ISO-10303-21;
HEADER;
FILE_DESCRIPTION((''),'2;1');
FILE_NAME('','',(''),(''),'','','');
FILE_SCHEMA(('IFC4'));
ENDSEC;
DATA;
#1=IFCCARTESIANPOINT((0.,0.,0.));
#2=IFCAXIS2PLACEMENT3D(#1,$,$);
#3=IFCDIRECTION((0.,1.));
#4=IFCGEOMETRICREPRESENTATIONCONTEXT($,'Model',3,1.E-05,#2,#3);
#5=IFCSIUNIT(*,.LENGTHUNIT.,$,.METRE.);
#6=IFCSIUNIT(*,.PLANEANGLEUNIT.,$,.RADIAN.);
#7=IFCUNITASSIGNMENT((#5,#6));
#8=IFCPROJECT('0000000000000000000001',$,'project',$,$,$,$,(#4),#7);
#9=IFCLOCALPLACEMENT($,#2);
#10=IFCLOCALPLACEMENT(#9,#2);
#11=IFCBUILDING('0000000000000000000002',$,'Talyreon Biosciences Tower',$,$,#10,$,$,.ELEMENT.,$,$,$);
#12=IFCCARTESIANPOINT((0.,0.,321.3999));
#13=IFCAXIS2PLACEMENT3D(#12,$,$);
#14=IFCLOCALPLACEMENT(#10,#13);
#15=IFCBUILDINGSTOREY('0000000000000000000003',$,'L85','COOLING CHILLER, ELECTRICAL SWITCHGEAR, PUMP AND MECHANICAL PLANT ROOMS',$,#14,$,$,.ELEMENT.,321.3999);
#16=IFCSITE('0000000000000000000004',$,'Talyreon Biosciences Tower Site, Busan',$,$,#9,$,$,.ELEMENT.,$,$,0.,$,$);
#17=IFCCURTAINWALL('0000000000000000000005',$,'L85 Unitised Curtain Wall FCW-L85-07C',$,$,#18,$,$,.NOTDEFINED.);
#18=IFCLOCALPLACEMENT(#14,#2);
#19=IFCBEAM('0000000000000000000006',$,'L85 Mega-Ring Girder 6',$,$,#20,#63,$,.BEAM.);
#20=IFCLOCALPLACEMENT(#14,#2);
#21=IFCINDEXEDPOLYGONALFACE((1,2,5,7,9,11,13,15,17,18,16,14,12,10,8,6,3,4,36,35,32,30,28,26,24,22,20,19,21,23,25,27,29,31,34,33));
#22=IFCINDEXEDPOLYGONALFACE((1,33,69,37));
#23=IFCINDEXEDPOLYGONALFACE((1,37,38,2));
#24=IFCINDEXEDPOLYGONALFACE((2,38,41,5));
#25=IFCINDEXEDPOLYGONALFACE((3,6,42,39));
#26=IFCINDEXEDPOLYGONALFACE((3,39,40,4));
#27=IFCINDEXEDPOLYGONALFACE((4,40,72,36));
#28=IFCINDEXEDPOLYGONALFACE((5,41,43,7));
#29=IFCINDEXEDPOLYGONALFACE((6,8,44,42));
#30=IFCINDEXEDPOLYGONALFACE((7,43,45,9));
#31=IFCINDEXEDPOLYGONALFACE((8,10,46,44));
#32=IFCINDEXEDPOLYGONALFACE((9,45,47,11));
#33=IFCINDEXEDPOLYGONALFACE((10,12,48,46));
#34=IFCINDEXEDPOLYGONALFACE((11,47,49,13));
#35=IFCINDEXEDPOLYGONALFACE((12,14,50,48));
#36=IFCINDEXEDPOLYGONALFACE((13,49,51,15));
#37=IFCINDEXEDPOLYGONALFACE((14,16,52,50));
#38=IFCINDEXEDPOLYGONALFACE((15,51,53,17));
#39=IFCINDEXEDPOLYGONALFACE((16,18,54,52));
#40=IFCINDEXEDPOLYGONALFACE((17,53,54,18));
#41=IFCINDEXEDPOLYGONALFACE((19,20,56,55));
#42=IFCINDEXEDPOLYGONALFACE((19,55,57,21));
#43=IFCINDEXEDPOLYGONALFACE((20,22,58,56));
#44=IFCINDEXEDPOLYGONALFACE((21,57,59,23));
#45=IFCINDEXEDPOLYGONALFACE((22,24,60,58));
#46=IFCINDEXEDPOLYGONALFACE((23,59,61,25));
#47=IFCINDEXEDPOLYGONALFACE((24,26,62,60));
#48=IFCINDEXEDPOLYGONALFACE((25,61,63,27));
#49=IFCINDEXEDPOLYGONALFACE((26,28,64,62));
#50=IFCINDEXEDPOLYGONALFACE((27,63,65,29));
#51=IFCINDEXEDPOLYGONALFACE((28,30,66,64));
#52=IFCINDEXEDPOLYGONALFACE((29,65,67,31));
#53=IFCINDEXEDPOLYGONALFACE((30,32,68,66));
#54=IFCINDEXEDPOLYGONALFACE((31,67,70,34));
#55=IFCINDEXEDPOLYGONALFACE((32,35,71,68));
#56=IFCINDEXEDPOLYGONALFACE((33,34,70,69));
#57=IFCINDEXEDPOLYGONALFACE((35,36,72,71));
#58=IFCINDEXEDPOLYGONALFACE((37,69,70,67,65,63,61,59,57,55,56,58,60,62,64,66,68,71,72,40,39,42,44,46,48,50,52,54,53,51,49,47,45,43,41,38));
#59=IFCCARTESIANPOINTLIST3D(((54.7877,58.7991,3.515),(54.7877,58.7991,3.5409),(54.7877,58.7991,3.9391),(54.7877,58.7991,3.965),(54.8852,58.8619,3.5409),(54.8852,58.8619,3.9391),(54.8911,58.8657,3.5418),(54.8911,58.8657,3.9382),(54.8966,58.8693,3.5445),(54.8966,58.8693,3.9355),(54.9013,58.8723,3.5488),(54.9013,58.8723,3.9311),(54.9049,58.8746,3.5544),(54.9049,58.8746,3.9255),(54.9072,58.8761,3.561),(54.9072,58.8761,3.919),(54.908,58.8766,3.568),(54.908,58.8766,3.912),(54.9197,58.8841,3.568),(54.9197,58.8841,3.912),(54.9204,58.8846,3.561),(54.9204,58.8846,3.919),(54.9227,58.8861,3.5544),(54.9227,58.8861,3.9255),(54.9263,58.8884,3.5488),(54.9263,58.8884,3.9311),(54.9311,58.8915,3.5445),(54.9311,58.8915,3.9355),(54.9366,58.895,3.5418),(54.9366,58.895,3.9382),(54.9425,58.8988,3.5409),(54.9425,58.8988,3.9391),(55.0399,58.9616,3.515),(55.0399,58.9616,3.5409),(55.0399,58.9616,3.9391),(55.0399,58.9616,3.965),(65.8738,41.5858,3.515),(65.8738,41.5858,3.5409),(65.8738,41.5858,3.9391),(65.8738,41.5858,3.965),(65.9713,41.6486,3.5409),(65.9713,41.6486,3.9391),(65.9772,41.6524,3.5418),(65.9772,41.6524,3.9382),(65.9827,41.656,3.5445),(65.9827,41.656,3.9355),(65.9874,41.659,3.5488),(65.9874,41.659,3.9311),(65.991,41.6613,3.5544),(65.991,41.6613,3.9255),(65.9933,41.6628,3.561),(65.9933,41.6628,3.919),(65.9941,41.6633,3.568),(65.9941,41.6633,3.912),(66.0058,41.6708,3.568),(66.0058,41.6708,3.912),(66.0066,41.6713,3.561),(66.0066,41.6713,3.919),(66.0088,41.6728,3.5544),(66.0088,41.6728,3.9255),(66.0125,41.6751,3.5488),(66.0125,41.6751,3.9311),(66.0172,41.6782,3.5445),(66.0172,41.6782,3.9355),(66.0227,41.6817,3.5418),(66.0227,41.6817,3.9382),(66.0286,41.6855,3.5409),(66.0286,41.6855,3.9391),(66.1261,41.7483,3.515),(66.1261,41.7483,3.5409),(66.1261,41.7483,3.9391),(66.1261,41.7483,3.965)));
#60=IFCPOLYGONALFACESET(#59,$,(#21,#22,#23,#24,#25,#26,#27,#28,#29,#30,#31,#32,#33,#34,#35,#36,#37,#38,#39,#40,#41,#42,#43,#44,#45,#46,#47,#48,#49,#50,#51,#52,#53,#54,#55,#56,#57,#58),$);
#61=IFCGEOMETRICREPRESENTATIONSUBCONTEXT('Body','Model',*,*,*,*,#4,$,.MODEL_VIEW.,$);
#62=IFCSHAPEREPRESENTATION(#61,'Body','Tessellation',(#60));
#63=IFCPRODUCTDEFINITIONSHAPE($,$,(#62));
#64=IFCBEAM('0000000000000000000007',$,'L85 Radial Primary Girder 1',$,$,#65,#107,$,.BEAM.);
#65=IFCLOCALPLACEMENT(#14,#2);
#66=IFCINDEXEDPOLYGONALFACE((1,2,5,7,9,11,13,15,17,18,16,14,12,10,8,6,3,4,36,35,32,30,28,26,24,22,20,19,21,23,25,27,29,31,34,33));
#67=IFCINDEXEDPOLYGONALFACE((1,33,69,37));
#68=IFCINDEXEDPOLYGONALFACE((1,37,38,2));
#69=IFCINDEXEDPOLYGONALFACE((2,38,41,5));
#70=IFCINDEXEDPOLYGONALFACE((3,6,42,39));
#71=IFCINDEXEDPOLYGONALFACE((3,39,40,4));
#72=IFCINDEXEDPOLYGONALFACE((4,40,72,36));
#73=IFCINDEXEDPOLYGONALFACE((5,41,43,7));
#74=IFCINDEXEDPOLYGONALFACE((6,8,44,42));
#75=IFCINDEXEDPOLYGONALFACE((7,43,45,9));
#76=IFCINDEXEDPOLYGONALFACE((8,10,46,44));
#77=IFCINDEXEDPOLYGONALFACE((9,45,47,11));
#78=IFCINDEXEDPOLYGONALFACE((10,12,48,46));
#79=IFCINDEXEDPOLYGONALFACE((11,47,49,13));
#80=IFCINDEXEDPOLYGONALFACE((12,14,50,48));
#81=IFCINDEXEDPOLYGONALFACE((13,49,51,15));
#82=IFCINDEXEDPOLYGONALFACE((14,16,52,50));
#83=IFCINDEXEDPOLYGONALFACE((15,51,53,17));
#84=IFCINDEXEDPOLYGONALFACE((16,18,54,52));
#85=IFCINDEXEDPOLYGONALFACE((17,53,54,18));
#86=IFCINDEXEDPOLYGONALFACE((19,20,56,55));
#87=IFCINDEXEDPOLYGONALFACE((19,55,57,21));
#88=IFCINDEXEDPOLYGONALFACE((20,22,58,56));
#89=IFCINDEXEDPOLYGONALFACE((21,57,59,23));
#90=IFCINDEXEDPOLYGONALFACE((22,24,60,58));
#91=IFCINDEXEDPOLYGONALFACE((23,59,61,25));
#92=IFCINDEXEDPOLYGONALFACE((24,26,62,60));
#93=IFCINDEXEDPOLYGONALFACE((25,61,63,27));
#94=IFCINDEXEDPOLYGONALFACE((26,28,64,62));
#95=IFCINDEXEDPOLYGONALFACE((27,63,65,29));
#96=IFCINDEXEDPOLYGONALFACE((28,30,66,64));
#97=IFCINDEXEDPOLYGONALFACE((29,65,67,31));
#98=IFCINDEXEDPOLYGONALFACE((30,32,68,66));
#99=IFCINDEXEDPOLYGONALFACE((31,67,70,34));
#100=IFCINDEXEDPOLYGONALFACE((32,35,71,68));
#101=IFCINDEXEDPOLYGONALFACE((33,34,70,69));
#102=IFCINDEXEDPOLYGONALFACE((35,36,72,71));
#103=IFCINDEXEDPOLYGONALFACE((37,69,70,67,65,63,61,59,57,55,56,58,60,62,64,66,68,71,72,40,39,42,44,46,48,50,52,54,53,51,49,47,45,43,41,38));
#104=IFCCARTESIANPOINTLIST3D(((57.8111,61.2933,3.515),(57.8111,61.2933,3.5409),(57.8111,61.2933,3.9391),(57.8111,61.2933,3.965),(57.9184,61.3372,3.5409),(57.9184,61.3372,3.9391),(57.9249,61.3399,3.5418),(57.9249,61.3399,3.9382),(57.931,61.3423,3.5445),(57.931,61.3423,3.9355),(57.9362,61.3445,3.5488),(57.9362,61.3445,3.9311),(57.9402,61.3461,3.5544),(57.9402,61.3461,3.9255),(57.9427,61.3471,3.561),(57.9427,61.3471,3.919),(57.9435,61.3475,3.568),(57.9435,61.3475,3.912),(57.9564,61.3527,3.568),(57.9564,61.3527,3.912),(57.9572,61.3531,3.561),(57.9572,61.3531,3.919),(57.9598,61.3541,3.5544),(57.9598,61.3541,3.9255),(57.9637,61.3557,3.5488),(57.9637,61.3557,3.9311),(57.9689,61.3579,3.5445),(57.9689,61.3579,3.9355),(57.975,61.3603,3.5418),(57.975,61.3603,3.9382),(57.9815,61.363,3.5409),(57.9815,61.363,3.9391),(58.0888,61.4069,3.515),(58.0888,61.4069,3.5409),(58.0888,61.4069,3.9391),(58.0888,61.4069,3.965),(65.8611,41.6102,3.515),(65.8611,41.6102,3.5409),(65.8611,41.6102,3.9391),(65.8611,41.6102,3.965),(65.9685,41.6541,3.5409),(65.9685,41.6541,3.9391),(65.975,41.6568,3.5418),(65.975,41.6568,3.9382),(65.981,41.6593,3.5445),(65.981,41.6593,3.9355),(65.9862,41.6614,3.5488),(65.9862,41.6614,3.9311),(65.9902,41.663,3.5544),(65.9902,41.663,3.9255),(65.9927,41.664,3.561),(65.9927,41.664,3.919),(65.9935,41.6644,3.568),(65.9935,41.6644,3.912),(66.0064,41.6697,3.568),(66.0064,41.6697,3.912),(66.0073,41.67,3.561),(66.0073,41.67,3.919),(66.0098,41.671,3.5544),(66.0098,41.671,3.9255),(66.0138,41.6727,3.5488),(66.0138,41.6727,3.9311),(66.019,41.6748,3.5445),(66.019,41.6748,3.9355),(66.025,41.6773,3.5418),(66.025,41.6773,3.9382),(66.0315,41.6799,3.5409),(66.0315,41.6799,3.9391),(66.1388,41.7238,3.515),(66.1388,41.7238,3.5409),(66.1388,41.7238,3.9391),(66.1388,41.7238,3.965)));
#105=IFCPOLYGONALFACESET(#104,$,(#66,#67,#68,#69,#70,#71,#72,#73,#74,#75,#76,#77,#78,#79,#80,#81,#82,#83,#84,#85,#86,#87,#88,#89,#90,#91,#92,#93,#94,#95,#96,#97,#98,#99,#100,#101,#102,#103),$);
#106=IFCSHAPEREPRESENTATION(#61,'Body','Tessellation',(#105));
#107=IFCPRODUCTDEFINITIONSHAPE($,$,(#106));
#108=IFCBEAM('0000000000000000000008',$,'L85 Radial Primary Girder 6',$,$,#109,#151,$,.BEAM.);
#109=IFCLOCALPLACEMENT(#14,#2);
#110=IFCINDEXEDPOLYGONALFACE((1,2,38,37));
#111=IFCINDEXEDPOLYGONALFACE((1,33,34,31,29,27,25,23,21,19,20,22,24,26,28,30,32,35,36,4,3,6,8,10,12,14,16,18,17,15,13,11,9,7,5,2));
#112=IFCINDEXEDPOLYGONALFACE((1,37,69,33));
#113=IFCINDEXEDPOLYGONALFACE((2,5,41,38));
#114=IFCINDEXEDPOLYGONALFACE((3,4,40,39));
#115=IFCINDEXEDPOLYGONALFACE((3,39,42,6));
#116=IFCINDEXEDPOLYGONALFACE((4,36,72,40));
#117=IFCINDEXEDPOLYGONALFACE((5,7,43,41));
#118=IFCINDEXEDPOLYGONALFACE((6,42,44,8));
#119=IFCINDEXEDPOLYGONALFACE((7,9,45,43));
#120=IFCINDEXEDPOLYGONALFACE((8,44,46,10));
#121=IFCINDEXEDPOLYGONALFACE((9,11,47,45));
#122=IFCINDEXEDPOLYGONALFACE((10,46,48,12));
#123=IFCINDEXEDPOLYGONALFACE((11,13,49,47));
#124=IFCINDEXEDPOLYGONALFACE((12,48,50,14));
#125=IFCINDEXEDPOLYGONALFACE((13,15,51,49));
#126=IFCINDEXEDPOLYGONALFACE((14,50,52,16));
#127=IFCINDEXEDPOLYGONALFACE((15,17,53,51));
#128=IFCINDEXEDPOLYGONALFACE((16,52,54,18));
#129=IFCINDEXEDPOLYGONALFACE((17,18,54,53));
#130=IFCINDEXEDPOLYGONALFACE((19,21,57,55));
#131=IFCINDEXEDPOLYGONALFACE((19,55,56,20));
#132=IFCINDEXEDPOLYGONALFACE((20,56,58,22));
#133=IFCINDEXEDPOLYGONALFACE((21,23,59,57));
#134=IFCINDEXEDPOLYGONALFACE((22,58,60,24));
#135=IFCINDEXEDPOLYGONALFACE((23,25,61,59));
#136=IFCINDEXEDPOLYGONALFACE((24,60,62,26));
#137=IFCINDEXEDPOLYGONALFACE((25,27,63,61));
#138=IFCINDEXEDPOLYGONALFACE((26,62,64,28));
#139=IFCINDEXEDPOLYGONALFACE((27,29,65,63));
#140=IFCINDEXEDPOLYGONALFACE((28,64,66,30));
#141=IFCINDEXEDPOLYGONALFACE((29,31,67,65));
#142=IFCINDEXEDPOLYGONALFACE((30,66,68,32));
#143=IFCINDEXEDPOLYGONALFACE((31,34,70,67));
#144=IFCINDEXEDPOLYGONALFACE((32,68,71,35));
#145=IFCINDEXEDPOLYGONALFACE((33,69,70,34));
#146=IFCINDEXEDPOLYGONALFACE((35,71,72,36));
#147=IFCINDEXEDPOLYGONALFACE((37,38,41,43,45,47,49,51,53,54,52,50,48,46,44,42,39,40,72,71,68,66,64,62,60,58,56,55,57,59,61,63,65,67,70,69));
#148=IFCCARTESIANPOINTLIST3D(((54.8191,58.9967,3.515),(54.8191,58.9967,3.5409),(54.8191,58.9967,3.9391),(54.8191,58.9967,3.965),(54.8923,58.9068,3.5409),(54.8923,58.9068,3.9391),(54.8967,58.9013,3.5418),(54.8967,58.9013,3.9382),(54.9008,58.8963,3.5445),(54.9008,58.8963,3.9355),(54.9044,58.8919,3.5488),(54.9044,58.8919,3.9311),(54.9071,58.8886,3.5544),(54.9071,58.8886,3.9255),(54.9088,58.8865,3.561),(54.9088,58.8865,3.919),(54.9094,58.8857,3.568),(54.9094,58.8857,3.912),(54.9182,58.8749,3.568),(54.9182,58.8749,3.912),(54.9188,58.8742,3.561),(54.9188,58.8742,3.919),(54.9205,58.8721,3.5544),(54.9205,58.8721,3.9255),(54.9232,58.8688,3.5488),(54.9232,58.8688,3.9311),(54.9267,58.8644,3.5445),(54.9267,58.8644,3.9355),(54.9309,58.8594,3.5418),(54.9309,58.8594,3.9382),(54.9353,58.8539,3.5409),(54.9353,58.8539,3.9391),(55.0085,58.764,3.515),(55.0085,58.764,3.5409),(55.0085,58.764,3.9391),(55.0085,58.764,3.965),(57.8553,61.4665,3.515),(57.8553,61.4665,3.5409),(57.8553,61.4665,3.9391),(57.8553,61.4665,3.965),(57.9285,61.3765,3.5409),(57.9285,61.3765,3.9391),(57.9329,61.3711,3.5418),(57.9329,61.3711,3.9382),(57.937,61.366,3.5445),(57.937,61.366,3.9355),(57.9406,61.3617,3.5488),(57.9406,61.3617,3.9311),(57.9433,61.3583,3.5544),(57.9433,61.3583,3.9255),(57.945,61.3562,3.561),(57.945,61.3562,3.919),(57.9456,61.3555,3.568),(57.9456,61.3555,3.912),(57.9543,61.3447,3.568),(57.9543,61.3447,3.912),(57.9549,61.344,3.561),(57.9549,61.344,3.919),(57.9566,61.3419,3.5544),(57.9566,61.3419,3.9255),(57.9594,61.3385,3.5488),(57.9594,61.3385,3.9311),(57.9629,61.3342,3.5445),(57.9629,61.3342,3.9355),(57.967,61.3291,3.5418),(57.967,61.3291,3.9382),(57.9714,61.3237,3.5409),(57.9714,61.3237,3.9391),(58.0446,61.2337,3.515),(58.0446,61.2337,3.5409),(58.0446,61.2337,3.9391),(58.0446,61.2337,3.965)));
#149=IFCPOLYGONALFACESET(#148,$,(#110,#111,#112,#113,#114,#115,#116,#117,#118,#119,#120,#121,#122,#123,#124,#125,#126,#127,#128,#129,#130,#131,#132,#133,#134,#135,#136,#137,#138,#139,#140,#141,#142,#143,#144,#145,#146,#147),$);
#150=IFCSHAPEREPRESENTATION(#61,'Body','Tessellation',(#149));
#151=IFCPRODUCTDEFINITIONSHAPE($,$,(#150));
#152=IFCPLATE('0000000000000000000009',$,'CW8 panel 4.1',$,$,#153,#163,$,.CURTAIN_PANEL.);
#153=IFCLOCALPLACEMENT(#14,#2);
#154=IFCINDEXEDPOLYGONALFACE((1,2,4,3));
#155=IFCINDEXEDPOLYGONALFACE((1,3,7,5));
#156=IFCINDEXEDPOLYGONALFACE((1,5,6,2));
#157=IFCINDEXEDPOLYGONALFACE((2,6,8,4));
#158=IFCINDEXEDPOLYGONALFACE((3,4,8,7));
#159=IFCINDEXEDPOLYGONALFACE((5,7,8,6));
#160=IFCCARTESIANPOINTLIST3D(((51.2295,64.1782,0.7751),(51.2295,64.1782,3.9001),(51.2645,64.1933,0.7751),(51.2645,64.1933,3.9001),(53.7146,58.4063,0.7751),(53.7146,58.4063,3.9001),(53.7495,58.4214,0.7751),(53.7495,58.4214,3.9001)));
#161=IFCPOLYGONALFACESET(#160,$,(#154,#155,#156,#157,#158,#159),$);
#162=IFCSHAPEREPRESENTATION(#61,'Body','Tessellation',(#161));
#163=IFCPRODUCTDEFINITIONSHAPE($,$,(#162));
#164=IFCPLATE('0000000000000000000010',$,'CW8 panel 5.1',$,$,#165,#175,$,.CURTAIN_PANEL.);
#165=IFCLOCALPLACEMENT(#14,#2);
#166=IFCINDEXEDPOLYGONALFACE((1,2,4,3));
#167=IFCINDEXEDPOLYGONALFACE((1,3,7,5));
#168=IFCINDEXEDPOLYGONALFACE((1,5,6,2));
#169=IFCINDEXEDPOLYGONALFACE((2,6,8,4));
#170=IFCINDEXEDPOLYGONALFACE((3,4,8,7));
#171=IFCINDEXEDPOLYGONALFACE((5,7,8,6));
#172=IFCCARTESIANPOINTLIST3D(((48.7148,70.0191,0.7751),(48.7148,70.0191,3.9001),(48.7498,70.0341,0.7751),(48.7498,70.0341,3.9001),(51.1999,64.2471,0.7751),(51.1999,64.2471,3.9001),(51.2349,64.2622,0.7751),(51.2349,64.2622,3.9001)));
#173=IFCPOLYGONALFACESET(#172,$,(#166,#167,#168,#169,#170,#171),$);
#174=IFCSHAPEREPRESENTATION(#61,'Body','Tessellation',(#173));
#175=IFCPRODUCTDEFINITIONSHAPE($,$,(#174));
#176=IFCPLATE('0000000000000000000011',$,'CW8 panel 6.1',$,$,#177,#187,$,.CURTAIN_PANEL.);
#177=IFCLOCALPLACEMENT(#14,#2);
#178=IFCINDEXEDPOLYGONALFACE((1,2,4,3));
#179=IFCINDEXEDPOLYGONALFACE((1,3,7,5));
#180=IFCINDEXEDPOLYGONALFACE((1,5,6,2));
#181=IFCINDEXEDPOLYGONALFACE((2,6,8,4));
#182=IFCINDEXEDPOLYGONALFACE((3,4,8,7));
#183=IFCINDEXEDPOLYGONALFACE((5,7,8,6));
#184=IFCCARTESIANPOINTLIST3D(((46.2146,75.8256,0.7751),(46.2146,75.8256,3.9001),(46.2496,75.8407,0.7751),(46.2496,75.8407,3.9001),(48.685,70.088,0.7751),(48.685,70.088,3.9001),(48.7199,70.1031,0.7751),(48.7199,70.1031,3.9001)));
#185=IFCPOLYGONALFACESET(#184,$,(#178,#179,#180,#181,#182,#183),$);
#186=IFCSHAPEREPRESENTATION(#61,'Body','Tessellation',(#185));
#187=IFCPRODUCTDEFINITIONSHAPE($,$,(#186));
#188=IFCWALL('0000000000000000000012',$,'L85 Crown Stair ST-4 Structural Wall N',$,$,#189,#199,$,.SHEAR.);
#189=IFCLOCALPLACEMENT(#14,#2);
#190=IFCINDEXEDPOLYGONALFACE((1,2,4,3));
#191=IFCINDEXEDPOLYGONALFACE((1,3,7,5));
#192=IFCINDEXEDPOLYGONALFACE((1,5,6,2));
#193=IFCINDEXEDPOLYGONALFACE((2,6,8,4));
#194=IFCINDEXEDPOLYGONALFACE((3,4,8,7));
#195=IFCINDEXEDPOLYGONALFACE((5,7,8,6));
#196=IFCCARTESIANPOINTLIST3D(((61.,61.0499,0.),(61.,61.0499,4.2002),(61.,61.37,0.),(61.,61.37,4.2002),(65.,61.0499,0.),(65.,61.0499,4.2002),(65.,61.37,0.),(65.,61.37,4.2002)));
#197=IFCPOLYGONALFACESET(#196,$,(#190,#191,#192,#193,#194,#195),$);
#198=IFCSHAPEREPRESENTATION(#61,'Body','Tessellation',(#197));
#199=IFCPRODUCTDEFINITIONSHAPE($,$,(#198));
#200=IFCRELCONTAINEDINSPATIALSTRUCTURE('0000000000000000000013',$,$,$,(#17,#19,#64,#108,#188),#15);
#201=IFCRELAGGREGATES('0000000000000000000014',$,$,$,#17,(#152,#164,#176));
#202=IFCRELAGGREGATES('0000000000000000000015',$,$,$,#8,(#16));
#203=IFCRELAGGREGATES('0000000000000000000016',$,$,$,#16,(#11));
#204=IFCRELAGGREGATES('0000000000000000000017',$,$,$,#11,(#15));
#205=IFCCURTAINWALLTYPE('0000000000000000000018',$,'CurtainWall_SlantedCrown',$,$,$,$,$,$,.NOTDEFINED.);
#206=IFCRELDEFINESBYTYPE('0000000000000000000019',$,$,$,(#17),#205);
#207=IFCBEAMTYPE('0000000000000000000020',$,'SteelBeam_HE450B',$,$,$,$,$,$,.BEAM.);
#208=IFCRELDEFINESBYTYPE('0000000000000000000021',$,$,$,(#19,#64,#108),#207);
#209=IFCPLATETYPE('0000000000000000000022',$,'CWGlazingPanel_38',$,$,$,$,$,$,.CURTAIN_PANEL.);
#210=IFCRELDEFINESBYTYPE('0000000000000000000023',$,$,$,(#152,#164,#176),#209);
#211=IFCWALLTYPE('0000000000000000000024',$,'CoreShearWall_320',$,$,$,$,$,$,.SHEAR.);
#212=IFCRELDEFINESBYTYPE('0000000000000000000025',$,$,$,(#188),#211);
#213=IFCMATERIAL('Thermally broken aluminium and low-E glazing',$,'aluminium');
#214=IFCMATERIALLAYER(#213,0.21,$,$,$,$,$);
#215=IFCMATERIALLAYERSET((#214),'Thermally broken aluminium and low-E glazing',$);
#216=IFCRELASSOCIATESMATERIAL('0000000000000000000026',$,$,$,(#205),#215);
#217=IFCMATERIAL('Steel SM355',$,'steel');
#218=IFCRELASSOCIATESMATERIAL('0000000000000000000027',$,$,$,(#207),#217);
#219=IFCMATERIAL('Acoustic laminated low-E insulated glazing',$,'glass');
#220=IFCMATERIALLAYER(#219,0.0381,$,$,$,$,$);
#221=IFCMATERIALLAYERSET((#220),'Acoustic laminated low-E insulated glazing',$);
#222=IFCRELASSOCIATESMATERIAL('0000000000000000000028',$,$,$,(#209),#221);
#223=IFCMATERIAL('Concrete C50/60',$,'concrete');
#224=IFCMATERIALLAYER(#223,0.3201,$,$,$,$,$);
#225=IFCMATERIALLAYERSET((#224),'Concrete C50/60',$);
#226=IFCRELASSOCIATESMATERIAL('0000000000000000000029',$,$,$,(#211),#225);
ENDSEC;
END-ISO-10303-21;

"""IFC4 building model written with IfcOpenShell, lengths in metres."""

from ifc_helpers import new_model, si_unit, direction, frame, frame_2d, origin, origin_2d, place, context, subcontext, project, spatial, rectangle, i_section, extrude, material, layer, layer_set, material_profile, profile_set, type_object, element, aggregate, save


model = new_model("IFC4")

# Units and contexts
model_context = context("Model", 3, precision=1e-05, world=origin(), true_north=direction((0.0, 1.0)))
body_context = subcontext(model_context, "Body", "Model", "MODEL_VIEW")
ifc_project = project(units=[si_unit("LENGTHUNIT", "METRE"), si_unit("PLANEANGLEUNIT", "RADIAN")], contexts=[model_context])

# Site, building, storey
site_placement = place(None, origin())
site = spatial("IfcSite", under=ifc_project, at=site_placement, Name="Talyreon Biosciences Tower Site, Busan", CompositionType="ELEMENT", RefElevation=0.0)
building_placement = place(site_placement, origin())
building = spatial("IfcBuilding", under=site, at=building_placement, Name="Talyreon Biosciences Tower", CompositionType="ELEMENT")
storey_placement = place(building_placement, frame((0.0, 0.0, 321.3999)))
storey = spatial("IfcBuildingStorey", under=building, at=storey_placement, Name="L85", Description="COOLING CHILLER, ELECTRICAL SWITCHGEAR, PUMP AND MECHANICAL PLANT ROOMS", CompositionType="ELEMENT", Elevation=321.3999)

# Shared definitions
ifc_material_1 = material(Name="Concrete C50/60", Category="concrete")

# Curtain wall
ifc_material_2 = material(Name="Thermally broken aluminium and low-E glazing", Category="aluminium")
ifc_layer_1 = layer(ifc_material_2, 0.21)
ifc_layer_set_1 = layer_set([ifc_layer_1], Name="Thermally broken aluminium and low-E glazing")
curtain_wall_type = type_object("IfcCurtainWallType", Name="CurtainWall_SlantedCrown", PredefinedType="NOTDEFINED", material=ifc_layer_set_1)
curtain_wall_placement = place(storey_placement, origin())
curtain_wall = element("IfcCurtainWall", 1, at=curtain_wall_placement, inside=storey, type_object=curtain_wall_type, Name="L85 Unitised Curtain Wall FCW-L85-07C", PredefinedType="NOTDEFINED")

# Beams
ifc_material_3 = material(Name="Steel SM355", Category="steel")
ifc_material_profile_1 = material_profile(ifc_material_3, i_section(OverallWidth=0.3, OverallDepth=0.45, WebThickness=0.0139, FlangeThickness=0.0259, FilletRadius=0.0271, at=origin_2d()), Name="HE450B")
ifc_profile_set_1 = profile_set([ifc_material_profile_1], Name="Steel SM355")
beam_type = type_object("IfcBeamType", Name="SteelBeam_HE450B", PredefinedType="BEAM", material=ifc_profile_set_1)
beam_1_placement = place(storey_placement, frame((54.9138, 58.8804, 3.74), z_axis=(0.541464, -0.840724, 0.0), x_axis=(0.840724, 0.541464, 0.0)))
element("IfcBeam", 2, at=beam_1_placement, inside=storey, type_object=beam_type, Name="L85 Mega-Ring Girder 6", PredefinedType="BEAM", context=body_context, shape_type="SweptSolid", body=[
    extrude(i_section(OverallWidth=0.3, OverallDepth=0.45, WebThickness=0.0139, FlangeThickness=0.0259, FilletRadius=0.0271, at=origin_2d()), origin(), (0.0, 0.0, 1.0), 20.4744),
])
beam_2_placement = place(storey_placement, frame((57.95, 61.3501, 3.74), z_axis=(0.378547, -0.925582, 0.0), x_axis=(0.925582, 0.378547, 0.0)))
element("IfcBeam", 3, at=beam_2_placement, inside=storey, type_object=beam_type, Name="L85 Radial Primary Girder 1", PredefinedType="BEAM", context=body_context, shape_type="SweptSolid", body=[
    extrude(i_section(OverallWidth=0.3, OverallDepth=0.45, WebThickness=0.0139, FlangeThickness=0.0259, FilletRadius=0.0271, at=origin_2d()), origin(), (0.0, 0.0, 1.0), 21.2656),
])
beam_3_placement = place(storey_placement, frame((57.95, 61.3501, 3.74), z_axis=(-0.775755, -0.631034, 0.0), x_axis=(0.631034, -0.775755, 0.0)))
element("IfcBeam", 4, at=beam_3_placement, inside=storey, type_object=beam_type, Name="L85 Radial Primary Girder 6", PredefinedType="BEAM", context=body_context, shape_type="SweptSolid", body=[
    extrude(i_section(OverallWidth=0.3, OverallDepth=0.45, WebThickness=0.0139, FlangeThickness=0.0259, FilletRadius=0.0271, at=origin_2d()), origin(), (0.0, 0.0, 1.0), 3.9138),
])

# Plates
ifc_material_4 = material(Name="Acoustic laminated low-E insulated glazing", Category="glass")
ifc_layer_2 = layer(ifc_material_4, 0.0381)
ifc_layer_set_2 = layer_set([ifc_layer_2], Name="Acoustic laminated low-E insulated glazing")
plate_type = type_object("IfcPlateType", Name="CWGlazingPanel_38", PredefinedType="CURTAIN_PANEL", material=ifc_layer_set_2)
plate_1_placement = place(storey_placement, frame((52.4895, 61.2998, 0.7751), z_axis=(0.0, 0.0, 1.0), x_axis=(-0.395451, 0.918487, 0.0)))
plate_1 = element("IfcPlate", 5, at=plate_1_placement, type_object=plate_type, Name="CW8 panel 4.1", PredefinedType="CURTAIN_PANEL", context=body_context, shape_type="SweptSolid", body=[
    extrude(rectangle(XDim=6.2842, YDim=0.0381, at=origin_2d()), origin(), (0.0, 0.0, 1.0), 3.125),
])
plate_2_placement = place(storey_placement, frame((49.9749, 67.1406, 0.7751), z_axis=(0.0, 0.0, 1.0), x_axis=(-0.395451, 0.918487, 0.0)))
plate_2 = element("IfcPlate", 6, at=plate_2_placement, type_object=plate_type, Name="CW8 panel 5.1", PredefinedType="CURTAIN_PANEL", context=body_context, shape_type="SweptSolid", body=[
    extrude(rectangle(XDim=6.2842, YDim=0.0381, at=origin_2d()), origin(), (0.0, 0.0, 1.0), 3.125),
])
plate_3_placement = place(storey_placement, frame((47.4673, 72.9644, 0.7751), z_axis=(0.0, 0.0, 1.0), x_axis=(-0.395451, 0.918487, 0.0)))
plate_3 = element("IfcPlate", 7, at=plate_3_placement, type_object=plate_type, Name="CW8 panel 6.1", PredefinedType="CURTAIN_PANEL", context=body_context, shape_type="SweptSolid", body=[
    extrude(rectangle(XDim=6.2468, YDim=0.0381, at=origin_2d()), origin(), (0.0, 0.0, 1.0), 3.125),
])
aggregate(curtain_wall, [plate_1, plate_2, plate_3])

# Wall
ifc_layer_3 = layer(ifc_material_1, 0.3201)
ifc_layer_set_3 = layer_set([ifc_layer_3], Name="Concrete C50/60")
wall_type_1 = type_object("IfcWallType", Name="CoreShearWall_320", PredefinedType="SHEAR", material=ifc_layer_set_3)
wall_1_placement = place(storey_placement, frame((61.0, 61.21, 0.0), z_axis=(0.0, 0.0, 1.0), x_axis=(1.0, 0.0, 0.0)))
element("IfcWall", 8, at=wall_1_placement, inside=storey, type_object=wall_type_1, Name="L85 Crown Stair ST-4 Structural Wall N", PredefinedType="SHEAR", context=body_context, shape_type="SweptSolid", body=[
    extrude(rectangle(XDim=4.0, YDim=0.3201, at=frame_2d((2.0, 0.0))), origin(), (0.0, 0.0, 1.0), 4.2002),
])

save(model, "model.ifc")
